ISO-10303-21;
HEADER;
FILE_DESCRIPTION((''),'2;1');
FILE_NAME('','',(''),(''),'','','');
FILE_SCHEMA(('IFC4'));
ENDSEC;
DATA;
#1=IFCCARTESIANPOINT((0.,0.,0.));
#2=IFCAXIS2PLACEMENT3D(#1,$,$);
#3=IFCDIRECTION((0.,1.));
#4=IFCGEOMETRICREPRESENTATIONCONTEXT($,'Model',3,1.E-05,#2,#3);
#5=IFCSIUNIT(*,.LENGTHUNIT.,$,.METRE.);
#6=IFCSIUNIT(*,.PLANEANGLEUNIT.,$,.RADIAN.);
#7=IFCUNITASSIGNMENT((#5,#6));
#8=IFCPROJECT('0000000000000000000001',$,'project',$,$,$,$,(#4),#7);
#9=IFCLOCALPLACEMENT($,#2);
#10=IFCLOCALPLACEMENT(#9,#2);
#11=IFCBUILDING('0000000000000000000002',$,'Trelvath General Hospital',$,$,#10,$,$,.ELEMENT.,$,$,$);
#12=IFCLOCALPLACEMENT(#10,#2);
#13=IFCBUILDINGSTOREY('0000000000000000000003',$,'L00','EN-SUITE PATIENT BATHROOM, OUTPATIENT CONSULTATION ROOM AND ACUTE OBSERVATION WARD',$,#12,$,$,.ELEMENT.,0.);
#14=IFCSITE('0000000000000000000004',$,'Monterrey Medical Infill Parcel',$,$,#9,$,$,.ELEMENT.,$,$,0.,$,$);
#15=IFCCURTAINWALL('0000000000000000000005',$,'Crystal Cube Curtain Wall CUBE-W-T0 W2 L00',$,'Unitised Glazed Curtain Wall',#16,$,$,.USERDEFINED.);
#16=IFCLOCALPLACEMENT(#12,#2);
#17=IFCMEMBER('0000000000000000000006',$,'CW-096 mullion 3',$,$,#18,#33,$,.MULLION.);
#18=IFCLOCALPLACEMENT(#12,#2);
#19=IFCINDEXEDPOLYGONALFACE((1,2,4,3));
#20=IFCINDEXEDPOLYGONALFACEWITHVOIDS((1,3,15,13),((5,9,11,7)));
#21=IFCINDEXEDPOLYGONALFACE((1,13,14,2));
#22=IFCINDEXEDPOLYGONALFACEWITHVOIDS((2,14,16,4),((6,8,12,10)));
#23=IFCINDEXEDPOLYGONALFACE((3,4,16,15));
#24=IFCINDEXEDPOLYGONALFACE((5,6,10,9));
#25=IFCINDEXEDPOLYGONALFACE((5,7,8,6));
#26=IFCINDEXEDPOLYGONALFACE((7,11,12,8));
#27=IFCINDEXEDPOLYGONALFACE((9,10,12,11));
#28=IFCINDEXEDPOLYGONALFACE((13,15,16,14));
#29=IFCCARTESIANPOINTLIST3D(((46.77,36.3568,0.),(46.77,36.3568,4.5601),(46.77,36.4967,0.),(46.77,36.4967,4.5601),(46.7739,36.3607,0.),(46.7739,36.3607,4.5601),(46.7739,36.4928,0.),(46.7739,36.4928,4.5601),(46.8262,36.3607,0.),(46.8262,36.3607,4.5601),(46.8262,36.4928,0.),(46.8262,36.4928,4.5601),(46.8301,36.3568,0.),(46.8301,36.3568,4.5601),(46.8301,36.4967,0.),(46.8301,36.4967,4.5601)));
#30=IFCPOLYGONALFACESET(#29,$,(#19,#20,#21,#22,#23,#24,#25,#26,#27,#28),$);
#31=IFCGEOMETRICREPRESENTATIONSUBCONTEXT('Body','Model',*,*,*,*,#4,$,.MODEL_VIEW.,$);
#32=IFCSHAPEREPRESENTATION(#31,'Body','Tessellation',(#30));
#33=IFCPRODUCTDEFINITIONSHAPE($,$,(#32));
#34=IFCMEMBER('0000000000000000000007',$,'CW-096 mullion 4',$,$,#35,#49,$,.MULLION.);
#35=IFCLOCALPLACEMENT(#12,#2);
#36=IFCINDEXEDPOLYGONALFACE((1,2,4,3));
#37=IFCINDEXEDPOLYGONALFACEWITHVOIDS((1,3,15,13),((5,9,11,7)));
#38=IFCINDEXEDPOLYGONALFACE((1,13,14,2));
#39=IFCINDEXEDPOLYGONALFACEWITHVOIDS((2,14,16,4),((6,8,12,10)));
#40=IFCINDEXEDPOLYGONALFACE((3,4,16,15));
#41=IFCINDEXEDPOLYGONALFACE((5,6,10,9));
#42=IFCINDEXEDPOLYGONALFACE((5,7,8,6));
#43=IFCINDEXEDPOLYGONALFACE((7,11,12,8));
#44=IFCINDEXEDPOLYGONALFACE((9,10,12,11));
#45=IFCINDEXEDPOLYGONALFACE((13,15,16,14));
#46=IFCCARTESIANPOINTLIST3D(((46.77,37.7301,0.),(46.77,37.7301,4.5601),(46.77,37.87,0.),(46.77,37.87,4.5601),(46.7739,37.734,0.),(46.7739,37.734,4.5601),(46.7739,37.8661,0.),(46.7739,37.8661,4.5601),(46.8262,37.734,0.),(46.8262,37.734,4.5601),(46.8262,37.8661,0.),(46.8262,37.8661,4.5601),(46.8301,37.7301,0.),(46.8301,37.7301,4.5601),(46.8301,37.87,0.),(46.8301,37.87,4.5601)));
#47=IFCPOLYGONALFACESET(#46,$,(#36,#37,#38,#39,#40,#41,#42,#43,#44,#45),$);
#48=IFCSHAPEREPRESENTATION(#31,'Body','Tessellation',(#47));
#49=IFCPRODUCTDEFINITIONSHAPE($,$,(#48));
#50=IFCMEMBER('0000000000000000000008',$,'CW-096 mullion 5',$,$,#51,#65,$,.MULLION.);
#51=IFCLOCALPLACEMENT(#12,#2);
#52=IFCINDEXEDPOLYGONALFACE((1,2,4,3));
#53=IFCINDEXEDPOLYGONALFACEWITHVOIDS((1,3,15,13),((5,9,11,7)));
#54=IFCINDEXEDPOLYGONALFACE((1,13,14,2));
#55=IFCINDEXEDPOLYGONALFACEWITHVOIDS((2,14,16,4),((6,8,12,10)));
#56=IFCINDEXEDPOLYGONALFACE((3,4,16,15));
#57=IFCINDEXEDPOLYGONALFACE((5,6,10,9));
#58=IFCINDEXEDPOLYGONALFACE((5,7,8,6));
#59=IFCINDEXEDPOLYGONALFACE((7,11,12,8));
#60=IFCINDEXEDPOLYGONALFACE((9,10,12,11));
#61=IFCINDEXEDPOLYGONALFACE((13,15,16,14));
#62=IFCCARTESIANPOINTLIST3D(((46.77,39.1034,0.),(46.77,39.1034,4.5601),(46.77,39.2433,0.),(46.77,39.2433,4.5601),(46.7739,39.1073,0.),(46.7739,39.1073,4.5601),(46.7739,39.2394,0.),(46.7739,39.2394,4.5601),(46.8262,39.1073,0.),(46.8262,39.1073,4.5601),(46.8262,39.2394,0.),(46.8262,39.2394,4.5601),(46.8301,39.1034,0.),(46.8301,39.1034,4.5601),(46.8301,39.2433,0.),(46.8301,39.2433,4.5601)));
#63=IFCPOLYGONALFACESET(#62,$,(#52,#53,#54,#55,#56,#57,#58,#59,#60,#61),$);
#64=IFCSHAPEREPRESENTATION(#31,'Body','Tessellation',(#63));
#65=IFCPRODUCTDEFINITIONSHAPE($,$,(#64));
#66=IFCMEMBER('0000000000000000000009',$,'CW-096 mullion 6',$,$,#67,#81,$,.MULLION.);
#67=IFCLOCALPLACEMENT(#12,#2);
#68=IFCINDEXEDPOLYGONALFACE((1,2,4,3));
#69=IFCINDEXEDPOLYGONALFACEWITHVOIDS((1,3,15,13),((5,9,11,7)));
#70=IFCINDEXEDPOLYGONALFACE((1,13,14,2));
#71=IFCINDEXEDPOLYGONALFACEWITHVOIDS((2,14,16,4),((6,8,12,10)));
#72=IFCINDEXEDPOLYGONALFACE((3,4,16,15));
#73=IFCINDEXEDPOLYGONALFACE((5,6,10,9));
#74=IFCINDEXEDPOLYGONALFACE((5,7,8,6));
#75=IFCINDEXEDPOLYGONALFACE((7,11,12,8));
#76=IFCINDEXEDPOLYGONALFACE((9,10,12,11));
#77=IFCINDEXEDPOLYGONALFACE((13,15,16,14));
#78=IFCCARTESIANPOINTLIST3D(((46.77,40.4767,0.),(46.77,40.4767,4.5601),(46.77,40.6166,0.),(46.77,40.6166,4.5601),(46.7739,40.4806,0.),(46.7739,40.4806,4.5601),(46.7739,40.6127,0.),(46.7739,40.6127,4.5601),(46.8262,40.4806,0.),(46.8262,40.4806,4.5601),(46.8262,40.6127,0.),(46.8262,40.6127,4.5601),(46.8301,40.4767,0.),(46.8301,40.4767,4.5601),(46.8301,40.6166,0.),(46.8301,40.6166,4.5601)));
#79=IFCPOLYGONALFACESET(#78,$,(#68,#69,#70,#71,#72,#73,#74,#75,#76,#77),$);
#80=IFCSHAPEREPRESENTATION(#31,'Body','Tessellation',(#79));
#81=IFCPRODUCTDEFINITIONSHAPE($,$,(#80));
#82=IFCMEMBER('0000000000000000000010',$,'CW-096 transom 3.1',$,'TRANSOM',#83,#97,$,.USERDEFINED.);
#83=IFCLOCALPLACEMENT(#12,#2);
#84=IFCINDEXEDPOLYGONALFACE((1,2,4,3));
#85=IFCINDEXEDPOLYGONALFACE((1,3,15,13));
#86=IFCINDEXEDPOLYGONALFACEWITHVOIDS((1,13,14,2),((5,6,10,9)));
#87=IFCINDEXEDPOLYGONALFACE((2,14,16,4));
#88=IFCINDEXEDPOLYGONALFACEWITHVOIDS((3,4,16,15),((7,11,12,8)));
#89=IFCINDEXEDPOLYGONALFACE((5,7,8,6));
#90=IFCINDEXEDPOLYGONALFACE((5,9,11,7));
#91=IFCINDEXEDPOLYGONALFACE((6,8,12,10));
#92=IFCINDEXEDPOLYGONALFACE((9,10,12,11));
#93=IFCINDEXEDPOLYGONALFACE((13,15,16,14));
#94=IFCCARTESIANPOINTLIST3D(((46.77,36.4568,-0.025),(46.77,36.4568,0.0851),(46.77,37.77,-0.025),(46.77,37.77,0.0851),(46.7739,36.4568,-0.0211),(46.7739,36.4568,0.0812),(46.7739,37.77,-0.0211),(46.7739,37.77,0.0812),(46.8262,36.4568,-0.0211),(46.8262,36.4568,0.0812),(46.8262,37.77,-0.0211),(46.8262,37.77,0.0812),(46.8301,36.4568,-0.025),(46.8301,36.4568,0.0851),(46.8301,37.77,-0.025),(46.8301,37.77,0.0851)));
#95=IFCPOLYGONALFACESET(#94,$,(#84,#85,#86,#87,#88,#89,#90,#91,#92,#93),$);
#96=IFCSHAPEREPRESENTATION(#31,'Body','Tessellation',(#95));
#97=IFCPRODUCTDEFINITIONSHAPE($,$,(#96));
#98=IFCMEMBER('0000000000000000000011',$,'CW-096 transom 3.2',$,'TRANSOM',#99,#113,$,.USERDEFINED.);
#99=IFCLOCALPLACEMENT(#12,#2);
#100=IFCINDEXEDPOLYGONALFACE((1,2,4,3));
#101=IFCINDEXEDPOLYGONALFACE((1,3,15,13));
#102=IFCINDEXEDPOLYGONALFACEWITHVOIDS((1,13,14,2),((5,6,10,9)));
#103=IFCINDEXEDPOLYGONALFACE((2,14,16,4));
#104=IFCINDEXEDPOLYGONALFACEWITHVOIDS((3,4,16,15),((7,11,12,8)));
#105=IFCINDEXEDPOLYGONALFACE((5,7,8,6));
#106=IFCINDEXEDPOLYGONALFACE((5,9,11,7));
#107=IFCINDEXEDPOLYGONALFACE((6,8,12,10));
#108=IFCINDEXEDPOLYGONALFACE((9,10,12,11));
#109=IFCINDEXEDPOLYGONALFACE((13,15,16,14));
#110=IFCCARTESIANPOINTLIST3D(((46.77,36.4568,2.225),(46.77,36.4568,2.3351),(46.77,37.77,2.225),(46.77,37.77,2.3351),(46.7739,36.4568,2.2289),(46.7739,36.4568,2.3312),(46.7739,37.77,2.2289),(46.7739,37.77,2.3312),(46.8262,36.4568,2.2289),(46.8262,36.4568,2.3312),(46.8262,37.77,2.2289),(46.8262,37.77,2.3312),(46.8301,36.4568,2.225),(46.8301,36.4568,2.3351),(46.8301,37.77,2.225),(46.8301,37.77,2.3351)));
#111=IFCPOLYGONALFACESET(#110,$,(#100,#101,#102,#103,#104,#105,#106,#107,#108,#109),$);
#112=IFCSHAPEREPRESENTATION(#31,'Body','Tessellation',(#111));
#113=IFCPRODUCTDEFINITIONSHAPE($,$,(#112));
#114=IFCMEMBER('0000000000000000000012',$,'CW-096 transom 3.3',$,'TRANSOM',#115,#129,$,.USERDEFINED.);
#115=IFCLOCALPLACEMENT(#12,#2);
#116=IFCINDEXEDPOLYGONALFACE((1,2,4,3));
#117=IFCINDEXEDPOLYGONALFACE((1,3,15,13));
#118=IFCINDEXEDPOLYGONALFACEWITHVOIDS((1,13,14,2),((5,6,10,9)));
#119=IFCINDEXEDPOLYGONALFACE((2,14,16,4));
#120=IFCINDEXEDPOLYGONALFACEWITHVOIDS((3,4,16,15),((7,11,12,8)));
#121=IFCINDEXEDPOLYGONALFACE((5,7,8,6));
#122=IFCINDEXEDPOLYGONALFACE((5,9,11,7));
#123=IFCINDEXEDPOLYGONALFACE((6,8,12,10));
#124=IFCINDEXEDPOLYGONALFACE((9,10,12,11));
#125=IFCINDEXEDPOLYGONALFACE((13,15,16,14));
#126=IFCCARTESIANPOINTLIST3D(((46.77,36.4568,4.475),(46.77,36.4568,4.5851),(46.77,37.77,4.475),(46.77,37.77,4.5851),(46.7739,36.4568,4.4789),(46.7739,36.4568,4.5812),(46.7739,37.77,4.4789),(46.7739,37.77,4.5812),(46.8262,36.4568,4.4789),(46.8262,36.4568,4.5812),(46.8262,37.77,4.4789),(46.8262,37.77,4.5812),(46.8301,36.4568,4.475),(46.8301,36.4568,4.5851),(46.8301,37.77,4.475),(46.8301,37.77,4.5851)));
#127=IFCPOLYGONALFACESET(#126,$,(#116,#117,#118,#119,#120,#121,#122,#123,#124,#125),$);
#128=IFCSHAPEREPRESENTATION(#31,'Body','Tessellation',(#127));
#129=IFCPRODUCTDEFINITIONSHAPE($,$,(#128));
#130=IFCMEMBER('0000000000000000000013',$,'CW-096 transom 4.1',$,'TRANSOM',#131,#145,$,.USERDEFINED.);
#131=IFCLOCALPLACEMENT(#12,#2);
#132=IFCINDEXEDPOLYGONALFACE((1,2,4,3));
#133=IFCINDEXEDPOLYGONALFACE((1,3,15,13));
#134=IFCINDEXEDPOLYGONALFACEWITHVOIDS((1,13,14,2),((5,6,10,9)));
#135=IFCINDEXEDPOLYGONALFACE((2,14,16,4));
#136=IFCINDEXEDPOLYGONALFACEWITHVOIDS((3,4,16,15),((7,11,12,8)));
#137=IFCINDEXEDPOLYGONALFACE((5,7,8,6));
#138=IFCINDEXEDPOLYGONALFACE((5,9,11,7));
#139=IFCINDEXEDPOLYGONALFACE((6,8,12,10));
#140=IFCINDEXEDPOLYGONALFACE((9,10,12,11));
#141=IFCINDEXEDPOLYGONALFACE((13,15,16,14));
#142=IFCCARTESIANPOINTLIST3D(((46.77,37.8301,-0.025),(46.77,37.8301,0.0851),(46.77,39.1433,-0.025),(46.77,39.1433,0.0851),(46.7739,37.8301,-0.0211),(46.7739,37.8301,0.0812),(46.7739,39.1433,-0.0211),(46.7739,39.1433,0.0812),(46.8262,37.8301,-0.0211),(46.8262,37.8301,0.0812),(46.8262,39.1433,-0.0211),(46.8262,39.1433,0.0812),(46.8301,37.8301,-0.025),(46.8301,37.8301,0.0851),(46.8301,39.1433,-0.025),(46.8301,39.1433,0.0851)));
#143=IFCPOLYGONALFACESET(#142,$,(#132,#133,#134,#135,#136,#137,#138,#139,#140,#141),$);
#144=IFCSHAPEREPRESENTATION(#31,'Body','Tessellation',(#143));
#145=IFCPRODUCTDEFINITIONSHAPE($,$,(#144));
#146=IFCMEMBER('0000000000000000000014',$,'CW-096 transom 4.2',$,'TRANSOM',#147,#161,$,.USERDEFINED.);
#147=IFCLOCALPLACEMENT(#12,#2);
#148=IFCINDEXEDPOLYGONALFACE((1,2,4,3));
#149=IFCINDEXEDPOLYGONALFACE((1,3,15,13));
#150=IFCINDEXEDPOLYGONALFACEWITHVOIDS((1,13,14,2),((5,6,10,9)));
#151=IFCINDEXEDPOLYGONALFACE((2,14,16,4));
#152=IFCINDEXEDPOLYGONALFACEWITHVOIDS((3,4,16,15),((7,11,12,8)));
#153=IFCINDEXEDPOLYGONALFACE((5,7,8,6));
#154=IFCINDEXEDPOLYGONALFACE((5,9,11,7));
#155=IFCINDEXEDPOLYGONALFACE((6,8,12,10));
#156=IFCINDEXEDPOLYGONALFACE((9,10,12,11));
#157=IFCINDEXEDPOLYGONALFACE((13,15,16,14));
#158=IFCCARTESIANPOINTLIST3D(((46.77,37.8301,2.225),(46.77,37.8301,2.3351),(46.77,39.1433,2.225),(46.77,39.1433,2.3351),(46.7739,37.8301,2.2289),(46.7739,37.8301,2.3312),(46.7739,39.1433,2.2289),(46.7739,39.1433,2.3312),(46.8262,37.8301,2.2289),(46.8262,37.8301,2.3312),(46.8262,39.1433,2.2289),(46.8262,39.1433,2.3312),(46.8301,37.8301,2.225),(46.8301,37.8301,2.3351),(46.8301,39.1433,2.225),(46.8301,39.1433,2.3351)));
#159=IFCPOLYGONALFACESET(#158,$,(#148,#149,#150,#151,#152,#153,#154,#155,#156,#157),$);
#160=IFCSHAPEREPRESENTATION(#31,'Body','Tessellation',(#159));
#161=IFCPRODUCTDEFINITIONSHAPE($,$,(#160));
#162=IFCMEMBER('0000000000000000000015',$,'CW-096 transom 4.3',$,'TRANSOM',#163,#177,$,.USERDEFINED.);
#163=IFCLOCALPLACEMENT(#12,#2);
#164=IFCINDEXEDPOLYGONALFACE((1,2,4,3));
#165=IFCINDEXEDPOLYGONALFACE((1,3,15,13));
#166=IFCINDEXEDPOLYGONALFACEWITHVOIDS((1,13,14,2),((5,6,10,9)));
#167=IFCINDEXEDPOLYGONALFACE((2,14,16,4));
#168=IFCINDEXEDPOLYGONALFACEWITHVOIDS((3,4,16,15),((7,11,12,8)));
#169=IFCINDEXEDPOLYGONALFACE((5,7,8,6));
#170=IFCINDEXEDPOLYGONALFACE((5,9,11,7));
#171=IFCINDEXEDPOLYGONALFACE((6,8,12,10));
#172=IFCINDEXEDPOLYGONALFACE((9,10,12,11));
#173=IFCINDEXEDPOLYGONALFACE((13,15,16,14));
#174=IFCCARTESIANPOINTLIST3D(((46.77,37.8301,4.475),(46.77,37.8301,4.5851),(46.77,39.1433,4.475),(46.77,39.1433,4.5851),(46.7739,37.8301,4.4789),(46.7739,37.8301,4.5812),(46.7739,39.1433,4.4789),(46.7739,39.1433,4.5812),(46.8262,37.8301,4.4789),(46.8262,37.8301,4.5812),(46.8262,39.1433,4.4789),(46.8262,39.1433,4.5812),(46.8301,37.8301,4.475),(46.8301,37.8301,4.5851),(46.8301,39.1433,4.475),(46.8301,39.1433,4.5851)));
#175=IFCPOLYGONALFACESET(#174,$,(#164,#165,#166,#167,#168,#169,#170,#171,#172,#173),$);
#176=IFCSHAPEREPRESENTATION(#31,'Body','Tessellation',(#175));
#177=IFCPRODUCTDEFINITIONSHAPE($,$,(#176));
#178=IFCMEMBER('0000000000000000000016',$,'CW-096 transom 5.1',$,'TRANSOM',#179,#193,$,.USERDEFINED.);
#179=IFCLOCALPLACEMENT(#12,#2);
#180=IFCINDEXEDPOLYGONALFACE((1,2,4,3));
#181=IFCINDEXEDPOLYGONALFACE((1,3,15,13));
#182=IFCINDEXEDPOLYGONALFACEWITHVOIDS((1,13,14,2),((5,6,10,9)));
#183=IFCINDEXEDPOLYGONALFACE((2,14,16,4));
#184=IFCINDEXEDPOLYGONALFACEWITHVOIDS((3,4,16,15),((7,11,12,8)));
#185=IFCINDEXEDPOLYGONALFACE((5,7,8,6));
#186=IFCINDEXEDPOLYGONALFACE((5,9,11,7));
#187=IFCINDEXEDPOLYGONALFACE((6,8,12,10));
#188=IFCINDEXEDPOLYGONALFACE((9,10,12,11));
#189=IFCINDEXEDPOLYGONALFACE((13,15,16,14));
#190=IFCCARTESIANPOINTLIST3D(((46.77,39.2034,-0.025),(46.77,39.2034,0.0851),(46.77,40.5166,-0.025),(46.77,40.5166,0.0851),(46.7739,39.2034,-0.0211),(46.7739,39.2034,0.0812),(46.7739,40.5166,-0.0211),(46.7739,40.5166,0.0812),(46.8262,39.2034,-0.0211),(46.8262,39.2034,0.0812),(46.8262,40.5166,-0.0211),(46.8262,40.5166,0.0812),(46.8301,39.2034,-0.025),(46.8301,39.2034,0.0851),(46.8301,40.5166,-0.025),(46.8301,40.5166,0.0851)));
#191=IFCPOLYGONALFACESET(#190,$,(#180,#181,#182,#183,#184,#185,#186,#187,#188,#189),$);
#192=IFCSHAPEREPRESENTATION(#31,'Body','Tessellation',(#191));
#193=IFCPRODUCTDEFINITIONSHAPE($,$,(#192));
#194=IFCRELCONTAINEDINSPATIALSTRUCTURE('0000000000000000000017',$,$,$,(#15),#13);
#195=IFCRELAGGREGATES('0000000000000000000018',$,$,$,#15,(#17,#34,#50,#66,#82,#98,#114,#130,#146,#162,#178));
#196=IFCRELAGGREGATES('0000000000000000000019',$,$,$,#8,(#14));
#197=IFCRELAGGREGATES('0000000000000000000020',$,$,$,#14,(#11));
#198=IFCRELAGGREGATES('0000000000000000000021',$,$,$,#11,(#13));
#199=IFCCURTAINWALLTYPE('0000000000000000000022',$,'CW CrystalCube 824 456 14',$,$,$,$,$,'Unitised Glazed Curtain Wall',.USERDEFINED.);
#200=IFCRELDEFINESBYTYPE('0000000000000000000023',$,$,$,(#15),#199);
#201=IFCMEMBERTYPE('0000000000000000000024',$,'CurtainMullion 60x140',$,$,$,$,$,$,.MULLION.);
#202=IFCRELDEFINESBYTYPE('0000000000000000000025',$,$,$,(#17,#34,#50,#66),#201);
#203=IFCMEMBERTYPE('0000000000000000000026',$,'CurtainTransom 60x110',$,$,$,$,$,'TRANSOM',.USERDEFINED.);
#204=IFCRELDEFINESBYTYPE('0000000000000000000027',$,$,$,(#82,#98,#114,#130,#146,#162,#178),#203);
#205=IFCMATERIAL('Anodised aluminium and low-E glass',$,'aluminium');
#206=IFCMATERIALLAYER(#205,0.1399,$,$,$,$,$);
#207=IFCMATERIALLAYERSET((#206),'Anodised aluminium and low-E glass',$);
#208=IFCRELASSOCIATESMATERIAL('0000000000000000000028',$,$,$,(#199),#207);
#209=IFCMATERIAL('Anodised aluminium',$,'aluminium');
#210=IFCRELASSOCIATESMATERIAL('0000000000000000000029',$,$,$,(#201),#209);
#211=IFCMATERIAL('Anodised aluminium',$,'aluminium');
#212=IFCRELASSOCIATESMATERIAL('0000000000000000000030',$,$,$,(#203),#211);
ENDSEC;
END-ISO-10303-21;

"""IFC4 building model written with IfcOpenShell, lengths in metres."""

from ifc_helpers import new_model, si_unit, direction, frame, origin, origin_2d, place, context, subcontext, project, spatial, hollow_rectangle, extrude, material, layer, layer_set, material_profile, profile_set, type_object, element, aggregate, save


model = new_model("IFC4")

# Units and contexts
model_context = context("Model", 3, precision=1e-05, world=origin(), true_north=direction((0.0, 1.0)))
body_context = subcontext(model_context, "Body", "Model", "MODEL_VIEW")
ifc_project = project(units=[si_unit("LENGTHUNIT", "METRE"), si_unit("PLANEANGLEUNIT", "RADIAN")], contexts=[model_context])

# Site, building, storey
site_placement = place(None, origin())
site = spatial("IfcSite", under=ifc_project, at=site_placement, Name="Monterrey Medical Infill Parcel", CompositionType="ELEMENT", RefElevation=0.0)
building_placement = place(site_placement, origin())
building = spatial("IfcBuilding", under=site, at=building_placement, Name="Trelvath General Hospital", CompositionType="ELEMENT")
storey_placement = place(building_placement, origin())
storey = spatial("IfcBuildingStorey", under=building, at=storey_placement, Name="L00", Description="EN-SUITE PATIENT BATHROOM, OUTPATIENT CONSULTATION ROOM AND ACUTE OBSERVATION WARD", CompositionType="ELEMENT", Elevation=0.0)

# Curtain wall, members
ifc_material_1 = material(Name="Anodised aluminium and low-E glass", Category="aluminium")
ifc_layer_1 = layer(ifc_material_1, 0.1399)
ifc_layer_set_1 = layer_set([ifc_layer_1], Name="Anodised aluminium and low-E glass")
curtain_wall_type = type_object("IfcCurtainWallType", Name="CW CrystalCube 824 456 14", ElementType="Unitised Glazed Curtain Wall", PredefinedType="USERDEFINED", material=ifc_layer_set_1)
curtain_wall_placement = place(storey_placement, origin())
curtain_wall = element("IfcCurtainWall", 1, at=curtain_wall_placement, inside=storey, type_object=curtain_wall_type, Name="Crystal Cube Curtain Wall CUBE-W-T0 W2 L00", ObjectType="Unitised Glazed Curtain Wall", PredefinedType="USERDEFINED")
ifc_material_2 = material(Name="Anodised aluminium", Category="aluminium")
ifc_material_profile_1 = material_profile(ifc_material_2, hollow_rectangle(XDim=0.0601, YDim=0.1399, WallThickness=0.0039, at=origin_2d()), Name="RHS60x140x4")
ifc_profile_set_1 = profile_set([ifc_material_profile_1], Name="Anodised aluminium")
member_type_1 = type_object("IfcMemberType", Name="CurtainMullion 60x140", PredefinedType="MULLION", material=ifc_profile_set_1)
member_1_placement = place(storey_placement, frame((46.8, 36.4268, 0.0), z_axis=(0.0, 0.0, 1.0), x_axis=(-1.0, 0.0, 0.0)))
member_1 = element("IfcMember", 2, at=member_1_placement, type_object=member_type_1, Name="CW-096 mullion 3", PredefinedType="MULLION", context=body_context, shape_type="SweptSolid", body=[
    extrude(hollow_rectangle(XDim=0.0601, YDim=0.1399, WallThickness=0.0039, at=origin_2d()), origin(), (0.0, 0.0, 1.0), 4.5601),
])
member_2_placement = place(storey_placement, frame((46.8, 37.8, 0.0), z_axis=(0.0, 0.0, 1.0), x_axis=(-1.0, 0.0, 0.0)))
member_2 = element("IfcMember", 3, at=member_2_placement, type_object=member_type_1, Name="CW-096 mullion 4", PredefinedType="MULLION", context=body_context, shape_type="SweptSolid", body=[
    extrude(hollow_rectangle(XDim=0.0601, YDim=0.1399, WallThickness=0.0039, at=origin_2d()), origin(), (0.0, 0.0, 1.0), 4.5601),
])
member_3_placement = place(storey_placement, frame((46.8, 39.1733, 0.0), z_axis=(0.0, 0.0, 1.0), x_axis=(-1.0, 0.0, 0.0)))
member_3 = element("IfcMember", 4, at=member_3_placement, type_object=member_type_1, Name="CW-096 mullion 5", PredefinedType="MULLION", context=body_context, shape_type="SweptSolid", body=[
    extrude(hollow_rectangle(XDim=0.0601, YDim=0.1399, WallThickness=0.0039, at=origin_2d()), origin(), (0.0, 0.0, 1.0), 4.5601),
])
member_4_placement = place(storey_placement, frame((46.8, 40.5466, 0.0), z_axis=(0.0, 0.0, 1.0), x_axis=(-1.0, 0.0, 0.0)))
member_4 = element("IfcMember", 5, at=member_4_placement, type_object=member_type_1, Name="CW-096 mullion 6", PredefinedType="MULLION", context=body_context, shape_type="SweptSolid", body=[
    extrude(hollow_rectangle(XDim=0.0601, YDim=0.1399, WallThickness=0.0039, at=origin_2d()), origin(), (0.0, 0.0, 1.0), 4.5601),
])
ifc_material_3 = material(Name="Anodised aluminium", Category="aluminium")
ifc_material_profile_2 = material_profile(ifc_material_3, hollow_rectangle(XDim=0.0601, YDim=0.1101, WallThickness=0.0039, at=origin_2d()), Name="RHS60x110x4")
ifc_profile_set_2 = profile_set([ifc_material_profile_2], Name="Anodised aluminium")
member_type_2 = type_object("IfcMemberType", Name="CurtainTransom 60x110", ElementType="TRANSOM", PredefinedType="USERDEFINED", material=ifc_profile_set_2)
member_5_placement = place(storey_placement, frame((46.8, 36.4568, 0.03), z_axis=(0.0, 1.0, 0.0), x_axis=(-1.0, 0.0, 0.0)))
member_5 = element("IfcMember", 6, at=member_5_placement, type_object=member_type_2, Name="CW-096 transom 3.1", ObjectType="TRANSOM", PredefinedType="USERDEFINED", context=body_context, shape_type="SweptSolid", body=[
    extrude(hollow_rectangle(XDim=0.0601, YDim=0.1101, WallThickness=0.0039, at=origin_2d()), origin(), (0.0, 0.0, 1.0), 1.3132),
])
member_6_placement = place(storey_placement, frame((46.8, 36.4568, 2.28), z_axis=(0.0, 1.0, 0.0), x_axis=(-1.0, 0.0, 0.0)))
member_6 = element("IfcMember", 7, at=member_6_placement, type_object=member_type_2, Name="CW-096 transom 3.2", ObjectType="TRANSOM", PredefinedType="USERDEFINED", context=body_context, shape_type="SweptSolid", body=[
    extrude(hollow_rectangle(XDim=0.0601, YDim=0.1101, WallThickness=0.0039, at=origin_2d()), origin(), (0.0, 0.0, 1.0), 1.3132),
])
member_7_placement = place(storey_placement, frame((46.8, 36.4568, 4.53), z_axis=(0.0, 1.0, 0.0), x_axis=(-1.0, 0.0, 0.0)))
member_7 = element("IfcMember", 8, at=member_7_placement, type_object=member_type_2, Name="CW-096 transom 3.3", ObjectType="TRANSOM", PredefinedType="USERDEFINED", context=body_context, shape_type="SweptSolid", body=[
    extrude(hollow_rectangle(XDim=0.0601, YDim=0.1101, WallThickness=0.0039, at=origin_2d()), origin(), (0.0, 0.0, 1.0), 1.3132),
])
member_8_placement = place(storey_placement, frame((46.8, 37.8301, 0.03), z_axis=(0.0, 1.0, 0.0), x_axis=(-1.0, 0.0, 0.0)))
member_8 = element("IfcMember", 9, at=member_8_placement, type_object=member_type_2, Name="CW-096 transom 4.1", ObjectType="TRANSOM", PredefinedType="USERDEFINED", context=body_context, shape_type="SweptSolid", body=[
    extrude(hollow_rectangle(XDim=0.0601, YDim=0.1101, WallThickness=0.0039, at=origin_2d()), origin(), (0.0, 0.0, 1.0), 1.3132),
])
member_9_placement = place(storey_placement, frame((46.8, 37.8301, 2.28), z_axis=(0.0, 1.0, 0.0), x_axis=(-1.0, 0.0, 0.0)))
member_9 = element("IfcMember", 10, at=member_9_placement, type_object=member_type_2, Name="CW-096 transom 4.2", ObjectType="TRANSOM", PredefinedType="USERDEFINED", context=body_context, shape_type="SweptSolid", body=[
    extrude(hollow_rectangle(XDim=0.0601, YDim=0.1101, WallThickness=0.0039, at=origin_2d()), origin(), (0.0, 0.0, 1.0), 1.3132),
])
member_10_placement = place(storey_placement, frame((46.8, 37.8301, 4.53), z_axis=(0.0, 1.0, 0.0), x_axis=(-1.0, 0.0, 0.0)))
member_10 = element("IfcMember", 11, at=member_10_placement, type_object=member_type_2, Name="CW-096 transom 4.3", ObjectType="TRANSOM", PredefinedType="USERDEFINED", context=body_context, shape_type="SweptSolid", body=[
    extrude(hollow_rectangle(XDim=0.0601, YDim=0.1101, WallThickness=0.0039, at=origin_2d()), origin(), (0.0, 0.0, 1.0), 1.3132),
])
member_11_placement = place(storey_placement, frame((46.8, 39.2034, 0.03), z_axis=(0.0, 1.0, 0.0), x_axis=(-1.0, 0.0, 0.0)))
member_11 = element("IfcMember", 12, at=member_11_placement, type_object=member_type_2, Name="CW-096 transom 5.1", ObjectType="TRANSOM", PredefinedType="USERDEFINED", context=body_context, shape_type="SweptSolid", body=[
    extrude(hollow_rectangle(XDim=0.0601, YDim=0.1101, WallThickness=0.0039, at=origin_2d()), origin(), (0.0, 0.0, 1.0), 1.3132),
])
aggregate(curtain_wall, [member_1, member_2, member_3, member_4, member_5, member_6, member_7, member_8, member_9, member_10, member_11])

save(model, "model.ifc")
